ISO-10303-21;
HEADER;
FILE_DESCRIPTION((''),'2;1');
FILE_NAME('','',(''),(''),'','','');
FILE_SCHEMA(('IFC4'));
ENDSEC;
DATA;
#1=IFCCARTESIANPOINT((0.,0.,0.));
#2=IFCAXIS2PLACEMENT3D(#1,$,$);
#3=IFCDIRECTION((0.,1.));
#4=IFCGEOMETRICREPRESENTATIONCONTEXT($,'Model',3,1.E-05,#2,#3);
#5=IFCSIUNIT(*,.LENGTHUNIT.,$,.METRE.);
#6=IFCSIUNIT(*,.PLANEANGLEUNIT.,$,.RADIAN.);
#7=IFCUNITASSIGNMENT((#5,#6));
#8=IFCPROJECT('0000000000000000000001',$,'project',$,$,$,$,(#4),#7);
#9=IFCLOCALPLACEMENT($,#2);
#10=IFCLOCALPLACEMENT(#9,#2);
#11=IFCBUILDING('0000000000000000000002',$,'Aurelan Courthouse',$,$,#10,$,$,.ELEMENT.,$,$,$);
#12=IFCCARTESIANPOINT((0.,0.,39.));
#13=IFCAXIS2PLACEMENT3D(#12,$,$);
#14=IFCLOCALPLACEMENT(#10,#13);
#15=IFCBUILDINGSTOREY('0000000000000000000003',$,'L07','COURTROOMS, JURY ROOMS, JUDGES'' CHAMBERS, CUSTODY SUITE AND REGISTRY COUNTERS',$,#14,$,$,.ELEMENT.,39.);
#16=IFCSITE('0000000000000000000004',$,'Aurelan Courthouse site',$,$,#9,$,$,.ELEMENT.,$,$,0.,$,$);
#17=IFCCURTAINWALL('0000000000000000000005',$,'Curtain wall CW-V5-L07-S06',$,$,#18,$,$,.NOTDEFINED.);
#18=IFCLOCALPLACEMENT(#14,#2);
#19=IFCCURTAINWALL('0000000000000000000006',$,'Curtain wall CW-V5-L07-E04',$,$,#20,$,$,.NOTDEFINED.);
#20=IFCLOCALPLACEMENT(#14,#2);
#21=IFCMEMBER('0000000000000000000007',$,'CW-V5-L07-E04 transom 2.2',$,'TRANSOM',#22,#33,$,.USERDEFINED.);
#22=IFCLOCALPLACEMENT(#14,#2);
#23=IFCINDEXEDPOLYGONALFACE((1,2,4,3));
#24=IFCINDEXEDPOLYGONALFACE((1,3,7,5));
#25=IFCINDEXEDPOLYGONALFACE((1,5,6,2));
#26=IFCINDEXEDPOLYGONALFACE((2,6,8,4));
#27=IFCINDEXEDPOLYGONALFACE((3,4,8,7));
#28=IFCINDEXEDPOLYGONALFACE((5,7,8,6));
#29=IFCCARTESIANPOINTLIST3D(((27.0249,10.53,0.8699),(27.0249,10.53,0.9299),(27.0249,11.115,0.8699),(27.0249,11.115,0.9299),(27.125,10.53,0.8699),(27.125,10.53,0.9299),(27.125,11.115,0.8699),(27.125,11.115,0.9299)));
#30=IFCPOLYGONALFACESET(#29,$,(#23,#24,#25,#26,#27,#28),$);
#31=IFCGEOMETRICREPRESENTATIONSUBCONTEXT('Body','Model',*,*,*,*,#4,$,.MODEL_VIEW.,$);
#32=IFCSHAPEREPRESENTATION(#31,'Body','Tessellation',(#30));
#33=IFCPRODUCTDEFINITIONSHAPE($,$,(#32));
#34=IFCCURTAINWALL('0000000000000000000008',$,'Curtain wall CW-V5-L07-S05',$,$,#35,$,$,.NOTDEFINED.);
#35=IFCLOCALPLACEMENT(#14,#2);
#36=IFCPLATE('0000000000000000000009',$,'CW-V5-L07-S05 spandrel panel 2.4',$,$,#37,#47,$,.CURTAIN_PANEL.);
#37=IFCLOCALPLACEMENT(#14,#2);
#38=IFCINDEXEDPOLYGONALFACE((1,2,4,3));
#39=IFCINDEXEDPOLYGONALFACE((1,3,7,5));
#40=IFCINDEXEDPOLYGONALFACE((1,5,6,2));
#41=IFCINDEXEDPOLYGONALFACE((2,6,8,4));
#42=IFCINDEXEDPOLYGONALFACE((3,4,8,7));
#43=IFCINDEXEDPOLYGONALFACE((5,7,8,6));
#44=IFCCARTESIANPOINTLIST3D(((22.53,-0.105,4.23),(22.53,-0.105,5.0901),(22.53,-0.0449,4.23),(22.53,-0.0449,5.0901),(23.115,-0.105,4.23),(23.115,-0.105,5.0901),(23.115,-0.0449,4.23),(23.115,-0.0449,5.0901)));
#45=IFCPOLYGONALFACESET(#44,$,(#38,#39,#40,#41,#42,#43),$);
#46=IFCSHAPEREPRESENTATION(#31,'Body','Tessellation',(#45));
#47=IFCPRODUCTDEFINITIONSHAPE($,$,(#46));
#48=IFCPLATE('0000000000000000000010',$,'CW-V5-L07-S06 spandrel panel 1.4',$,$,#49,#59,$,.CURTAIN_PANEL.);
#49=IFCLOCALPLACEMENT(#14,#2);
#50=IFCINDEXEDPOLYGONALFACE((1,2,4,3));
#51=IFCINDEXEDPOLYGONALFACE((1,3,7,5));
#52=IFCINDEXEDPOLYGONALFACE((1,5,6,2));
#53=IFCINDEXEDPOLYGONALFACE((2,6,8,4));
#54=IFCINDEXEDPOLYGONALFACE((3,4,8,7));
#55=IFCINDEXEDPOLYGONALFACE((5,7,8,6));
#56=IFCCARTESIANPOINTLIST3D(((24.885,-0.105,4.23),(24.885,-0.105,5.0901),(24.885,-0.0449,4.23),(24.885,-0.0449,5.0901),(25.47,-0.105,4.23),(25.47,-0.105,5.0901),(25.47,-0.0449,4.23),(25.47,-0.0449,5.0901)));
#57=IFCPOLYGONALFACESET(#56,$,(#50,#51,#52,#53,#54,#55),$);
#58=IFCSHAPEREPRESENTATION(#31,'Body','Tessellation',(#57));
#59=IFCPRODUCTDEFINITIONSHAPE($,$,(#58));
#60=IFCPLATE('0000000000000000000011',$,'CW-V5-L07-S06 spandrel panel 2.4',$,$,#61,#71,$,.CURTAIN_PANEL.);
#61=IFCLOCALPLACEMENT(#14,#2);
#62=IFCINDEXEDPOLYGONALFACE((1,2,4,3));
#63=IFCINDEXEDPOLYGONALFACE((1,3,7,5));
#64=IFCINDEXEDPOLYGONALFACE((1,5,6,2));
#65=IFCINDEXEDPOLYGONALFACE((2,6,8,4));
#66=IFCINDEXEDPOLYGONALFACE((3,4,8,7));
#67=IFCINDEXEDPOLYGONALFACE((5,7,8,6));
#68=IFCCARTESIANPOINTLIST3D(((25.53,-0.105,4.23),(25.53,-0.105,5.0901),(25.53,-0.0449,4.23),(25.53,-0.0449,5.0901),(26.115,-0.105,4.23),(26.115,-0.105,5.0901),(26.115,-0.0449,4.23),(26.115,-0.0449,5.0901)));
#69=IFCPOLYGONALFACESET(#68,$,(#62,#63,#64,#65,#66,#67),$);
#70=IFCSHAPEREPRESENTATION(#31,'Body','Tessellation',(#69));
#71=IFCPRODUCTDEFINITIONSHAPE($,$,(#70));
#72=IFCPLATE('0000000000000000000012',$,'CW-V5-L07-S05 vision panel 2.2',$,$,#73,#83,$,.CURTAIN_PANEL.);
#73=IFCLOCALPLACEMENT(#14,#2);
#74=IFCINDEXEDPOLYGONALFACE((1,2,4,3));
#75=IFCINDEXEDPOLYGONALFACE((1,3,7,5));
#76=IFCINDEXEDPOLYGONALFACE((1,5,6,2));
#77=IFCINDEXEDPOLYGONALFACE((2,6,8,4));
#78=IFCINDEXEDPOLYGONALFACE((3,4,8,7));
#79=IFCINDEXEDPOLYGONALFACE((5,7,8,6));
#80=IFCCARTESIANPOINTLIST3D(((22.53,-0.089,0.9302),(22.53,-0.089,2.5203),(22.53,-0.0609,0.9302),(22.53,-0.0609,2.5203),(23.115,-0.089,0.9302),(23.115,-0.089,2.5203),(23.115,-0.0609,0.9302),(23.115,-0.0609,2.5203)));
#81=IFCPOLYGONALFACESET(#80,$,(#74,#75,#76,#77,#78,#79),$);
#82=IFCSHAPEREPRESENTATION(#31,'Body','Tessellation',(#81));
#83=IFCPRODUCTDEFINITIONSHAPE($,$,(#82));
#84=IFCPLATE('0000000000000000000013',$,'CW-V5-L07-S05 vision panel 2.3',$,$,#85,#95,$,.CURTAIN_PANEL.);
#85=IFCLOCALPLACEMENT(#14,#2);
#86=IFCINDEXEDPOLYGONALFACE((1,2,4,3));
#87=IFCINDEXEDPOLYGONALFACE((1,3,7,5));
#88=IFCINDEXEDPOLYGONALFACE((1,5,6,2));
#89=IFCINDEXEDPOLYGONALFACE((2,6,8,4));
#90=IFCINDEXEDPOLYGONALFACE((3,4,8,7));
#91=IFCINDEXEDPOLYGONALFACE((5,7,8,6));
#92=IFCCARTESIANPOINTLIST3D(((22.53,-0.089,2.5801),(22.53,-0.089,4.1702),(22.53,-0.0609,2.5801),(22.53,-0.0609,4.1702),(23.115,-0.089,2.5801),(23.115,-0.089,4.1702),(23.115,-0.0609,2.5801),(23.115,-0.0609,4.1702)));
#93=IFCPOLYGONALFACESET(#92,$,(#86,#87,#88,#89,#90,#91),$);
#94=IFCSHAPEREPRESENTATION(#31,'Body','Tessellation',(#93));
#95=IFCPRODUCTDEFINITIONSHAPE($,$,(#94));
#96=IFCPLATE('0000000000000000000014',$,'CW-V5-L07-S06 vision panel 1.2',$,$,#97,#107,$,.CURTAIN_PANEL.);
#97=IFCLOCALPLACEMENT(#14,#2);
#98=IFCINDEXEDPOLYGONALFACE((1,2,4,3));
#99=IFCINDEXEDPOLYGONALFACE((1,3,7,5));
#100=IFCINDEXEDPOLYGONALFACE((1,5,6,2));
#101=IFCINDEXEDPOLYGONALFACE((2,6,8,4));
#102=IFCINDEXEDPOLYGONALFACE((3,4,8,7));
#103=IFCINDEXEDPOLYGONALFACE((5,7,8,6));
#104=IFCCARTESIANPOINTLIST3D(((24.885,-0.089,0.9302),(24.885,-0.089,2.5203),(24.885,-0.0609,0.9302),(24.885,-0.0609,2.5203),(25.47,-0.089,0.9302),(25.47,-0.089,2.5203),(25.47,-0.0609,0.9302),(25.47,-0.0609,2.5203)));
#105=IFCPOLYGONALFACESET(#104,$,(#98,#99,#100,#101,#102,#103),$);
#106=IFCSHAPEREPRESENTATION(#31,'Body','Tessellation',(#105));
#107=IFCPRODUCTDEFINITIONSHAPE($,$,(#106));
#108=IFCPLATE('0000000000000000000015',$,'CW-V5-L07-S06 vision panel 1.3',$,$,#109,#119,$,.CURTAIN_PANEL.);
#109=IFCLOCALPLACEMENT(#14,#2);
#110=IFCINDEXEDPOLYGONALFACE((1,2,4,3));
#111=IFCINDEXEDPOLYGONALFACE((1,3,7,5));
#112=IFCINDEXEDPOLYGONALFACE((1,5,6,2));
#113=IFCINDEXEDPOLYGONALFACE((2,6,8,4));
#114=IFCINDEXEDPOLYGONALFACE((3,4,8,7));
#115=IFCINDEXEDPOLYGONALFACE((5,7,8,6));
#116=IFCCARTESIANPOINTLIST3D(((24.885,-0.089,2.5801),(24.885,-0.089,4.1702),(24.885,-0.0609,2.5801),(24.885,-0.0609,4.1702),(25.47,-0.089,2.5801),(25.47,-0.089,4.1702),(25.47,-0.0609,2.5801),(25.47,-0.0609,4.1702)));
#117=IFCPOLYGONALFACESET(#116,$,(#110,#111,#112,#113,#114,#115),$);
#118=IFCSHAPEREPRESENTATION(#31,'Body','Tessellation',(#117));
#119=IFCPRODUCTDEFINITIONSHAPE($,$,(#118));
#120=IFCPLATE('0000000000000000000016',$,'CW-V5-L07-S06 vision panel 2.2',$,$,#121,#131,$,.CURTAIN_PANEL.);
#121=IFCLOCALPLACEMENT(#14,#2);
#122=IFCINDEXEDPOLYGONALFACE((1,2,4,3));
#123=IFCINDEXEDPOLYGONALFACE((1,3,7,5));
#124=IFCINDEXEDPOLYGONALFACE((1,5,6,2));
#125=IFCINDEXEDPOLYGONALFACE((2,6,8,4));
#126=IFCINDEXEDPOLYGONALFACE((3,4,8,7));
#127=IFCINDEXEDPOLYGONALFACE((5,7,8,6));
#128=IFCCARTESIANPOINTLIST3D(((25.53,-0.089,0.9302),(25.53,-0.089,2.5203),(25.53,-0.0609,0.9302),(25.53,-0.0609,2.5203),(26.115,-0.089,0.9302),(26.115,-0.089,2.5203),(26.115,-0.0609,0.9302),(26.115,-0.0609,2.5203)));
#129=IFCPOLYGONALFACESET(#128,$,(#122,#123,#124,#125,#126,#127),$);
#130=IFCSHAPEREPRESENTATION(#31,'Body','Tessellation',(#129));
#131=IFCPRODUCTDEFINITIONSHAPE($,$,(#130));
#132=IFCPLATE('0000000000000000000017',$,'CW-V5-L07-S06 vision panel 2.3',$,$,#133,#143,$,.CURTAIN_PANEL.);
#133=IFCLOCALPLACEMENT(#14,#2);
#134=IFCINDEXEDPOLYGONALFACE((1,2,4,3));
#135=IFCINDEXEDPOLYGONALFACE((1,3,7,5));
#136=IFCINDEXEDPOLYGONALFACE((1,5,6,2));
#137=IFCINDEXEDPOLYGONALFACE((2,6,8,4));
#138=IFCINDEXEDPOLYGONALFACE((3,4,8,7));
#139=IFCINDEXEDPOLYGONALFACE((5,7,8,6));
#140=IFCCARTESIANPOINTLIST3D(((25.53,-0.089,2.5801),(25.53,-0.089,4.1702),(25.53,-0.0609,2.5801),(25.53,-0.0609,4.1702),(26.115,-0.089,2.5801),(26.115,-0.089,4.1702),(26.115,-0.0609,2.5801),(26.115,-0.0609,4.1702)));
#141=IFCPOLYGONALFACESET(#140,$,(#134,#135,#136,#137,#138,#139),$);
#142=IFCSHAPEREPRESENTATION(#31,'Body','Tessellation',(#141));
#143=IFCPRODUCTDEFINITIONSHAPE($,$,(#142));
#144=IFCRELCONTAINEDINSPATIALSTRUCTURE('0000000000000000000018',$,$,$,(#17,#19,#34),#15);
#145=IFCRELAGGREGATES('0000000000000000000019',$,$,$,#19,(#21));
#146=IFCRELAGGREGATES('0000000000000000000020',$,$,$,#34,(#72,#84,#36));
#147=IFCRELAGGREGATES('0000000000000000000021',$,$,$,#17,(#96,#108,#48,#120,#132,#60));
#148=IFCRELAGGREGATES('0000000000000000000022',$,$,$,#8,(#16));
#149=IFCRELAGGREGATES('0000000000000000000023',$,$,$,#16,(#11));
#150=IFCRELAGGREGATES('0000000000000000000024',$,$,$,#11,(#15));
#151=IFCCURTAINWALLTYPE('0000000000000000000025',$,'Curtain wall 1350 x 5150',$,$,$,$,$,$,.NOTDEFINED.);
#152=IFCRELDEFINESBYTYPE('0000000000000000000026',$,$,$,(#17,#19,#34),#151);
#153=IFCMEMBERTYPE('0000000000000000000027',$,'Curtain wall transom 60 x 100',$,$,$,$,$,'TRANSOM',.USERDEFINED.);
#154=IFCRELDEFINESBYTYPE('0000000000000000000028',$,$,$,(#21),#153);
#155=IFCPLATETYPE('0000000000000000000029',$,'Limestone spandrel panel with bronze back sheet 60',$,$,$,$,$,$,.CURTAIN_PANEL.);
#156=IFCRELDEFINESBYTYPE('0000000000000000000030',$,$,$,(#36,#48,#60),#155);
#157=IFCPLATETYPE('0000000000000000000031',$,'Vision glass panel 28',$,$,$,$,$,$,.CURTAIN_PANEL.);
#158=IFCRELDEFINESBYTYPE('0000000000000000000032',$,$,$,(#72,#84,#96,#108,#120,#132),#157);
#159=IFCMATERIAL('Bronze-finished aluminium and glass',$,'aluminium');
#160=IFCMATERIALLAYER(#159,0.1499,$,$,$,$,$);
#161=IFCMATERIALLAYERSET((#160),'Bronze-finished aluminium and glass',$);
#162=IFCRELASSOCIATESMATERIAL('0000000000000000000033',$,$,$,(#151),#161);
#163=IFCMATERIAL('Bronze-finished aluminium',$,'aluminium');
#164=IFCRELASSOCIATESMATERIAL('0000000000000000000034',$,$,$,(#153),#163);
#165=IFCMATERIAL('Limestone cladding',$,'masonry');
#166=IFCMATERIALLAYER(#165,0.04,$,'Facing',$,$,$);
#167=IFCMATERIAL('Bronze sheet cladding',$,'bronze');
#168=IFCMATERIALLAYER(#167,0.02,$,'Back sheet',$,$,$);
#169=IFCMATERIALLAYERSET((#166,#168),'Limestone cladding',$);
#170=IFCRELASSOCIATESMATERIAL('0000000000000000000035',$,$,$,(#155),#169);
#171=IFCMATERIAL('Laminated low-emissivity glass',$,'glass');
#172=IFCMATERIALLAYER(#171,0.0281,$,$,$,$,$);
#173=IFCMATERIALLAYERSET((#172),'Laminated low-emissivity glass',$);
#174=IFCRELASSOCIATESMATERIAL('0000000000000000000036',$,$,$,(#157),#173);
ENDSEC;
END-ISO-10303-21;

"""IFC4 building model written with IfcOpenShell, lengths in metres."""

from ifc_helpers import new_model, si_unit, direction, frame, origin, origin_2d, place, context, subcontext, project, spatial, rectangle, extrude, material, layer, layer_set, material_profile, profile_set, type_object, element, aggregate, save


model = new_model("IFC4")

# Units and contexts
model_context = context("Model", 3, precision=1e-05, world=origin(), true_north=direction((0.0, 1.0)))
body_context = subcontext(model_context, "Body", "Model", "MODEL_VIEW")
ifc_project = project(units=[si_unit("LENGTHUNIT", "METRE"), si_unit("PLANEANGLEUNIT", "RADIAN")], contexts=[model_context])

# Site, building, storey
site_placement = place(None, origin())
site = spatial("IfcSite", under=ifc_project, at=site_placement, Name="Aurelan Courthouse site", CompositionType="ELEMENT", RefElevation=0.0)
building_placement = place(site_placement, origin())
building = spatial("IfcBuilding", under=site, at=building_placement, Name="Aurelan Courthouse", CompositionType="ELEMENT")
storey_placement = place(building_placement, frame((0.0, 0.0, 39.0)))
storey = spatial("IfcBuildingStorey", under=building, at=storey_placement, Name="L07", Description="COURTROOMS, JURY ROOMS, JUDGES' CHAMBERS, CUSTODY SUITE AND REGISTRY COUNTERS", CompositionType="ELEMENT", Elevation=39.0)

# Curtain walls, member
ifc_material_1 = material(Name="Bronze-finished aluminium and glass", Category="aluminium")
ifc_layer_1 = layer(ifc_material_1, 0.1499)
ifc_layer_set_1 = layer_set([ifc_layer_1], Name="Bronze-finished aluminium and glass")
curtain_wall_type = type_object("IfcCurtainWallType", Name="Curtain wall 1350 x 5150", PredefinedType="NOTDEFINED", material=ifc_layer_set_1)
curtain_wall_1_placement = place(storey_placement, origin())
curtain_wall_1 = element("IfcCurtainWall", 1, at=curtain_wall_1_placement, inside=storey, type_object=curtain_wall_type, Name="Curtain wall CW-V5-L07-S06", PredefinedType="NOTDEFINED")
ifc_material_2 = material(Name="Bronze-finished aluminium", Category="aluminium")
ifc_material_profile = material_profile(ifc_material_2, rectangle(XDim=0.1001, YDim=0.0601, at=origin_2d()), Name="Bronze transom 60 x 100")
ifc_profile_set = profile_set([ifc_material_profile], Name="Bronze-finished aluminium")
member_type = type_object("IfcMemberType", Name="Curtain wall transom 60 x 100", ElementType="TRANSOM", PredefinedType="USERDEFINED", material=ifc_profile_set)
curtain_wall_2_placement = place(storey_placement, origin())
curtain_wall_2 = element("IfcCurtainWall", 2, at=curtain_wall_2_placement, inside=storey, type_object=curtain_wall_type, Name="Curtain wall CW-V5-L07-E04", PredefinedType="NOTDEFINED")
member_1_placement = place(storey_placement, frame((27.075, 10.53, 0.8999), z_axis=(0.0, 1.0, 0.0), x_axis=(-1.0, 0.0, 0.0)))
member_1 = element("IfcMember", 3, at=member_1_placement, type_object=member_type, Name="CW-V5-L07-E04 transom 2.2", ObjectType="TRANSOM", PredefinedType="USERDEFINED", context=body_context, shape_type="SweptSolid", body=[
    extrude(rectangle(XDim=0.1001, YDim=0.0601, at=origin_2d()), origin(), (0.0, 0.0, 1.0), 0.585),
])
aggregate(curtain_wall_2, [member_1])

# Curtain wall, plate
curtain_wall_3_placement = place(storey_placement, origin())
curtain_wall_3 = element("IfcCurtainWall", 4, at=curtain_wall_3_placement, inside=storey, type_object=curtain_wall_type, Name="Curtain wall CW-V5-L07-S05", PredefinedType="NOTDEFINED")
ifc_material_3 = material(Name="Limestone cladding", Category="masonry")
ifc_layer_2 = layer(ifc_material_3, 0.04, Name="Facing")
ifc_material_4 = material(Name="Bronze sheet cladding", Category="bronze")
ifc_layer_3 = layer(ifc_material_4, 0.02, Name="Back sheet")
ifc_layer_set_2 = layer_set([ifc_layer_2, ifc_layer_3], Name="Limestone cladding")
plate_type_1 = type_object("IfcPlateType", Name="Limestone spandrel panel with bronze back sheet 60", PredefinedType="CURTAIN_PANEL", material=ifc_layer_set_2)
plate_1_placement = place(storey_placement, frame((22.8225, -0.075, 4.23), z_axis=(0.0, 0.0, 1.0), x_axis=(1.0, 0.0, 0.0)))
plate_1 = element("IfcPlate", 5, at=plate_1_placement, type_object=plate_type_1, Name="CW-V5-L07-S05 spandrel panel 2.4", PredefinedType="CURTAIN_PANEL", context=body_context, shape_type="SweptSolid", body=[
    extrude(rectangle(XDim=0.585, YDim=0.0601, at=origin_2d()), origin(), (0.0, 0.0, 1.0), 0.8601),
])

# Plates
plate_2_placement = place(storey_placement, frame((25.1775, -0.075, 4.23), z_axis=(0.0, 0.0, 1.0), x_axis=(1.0, 0.0, 0.0)))
plate_2 = element("IfcPlate", 6, at=plate_2_placement, type_object=plate_type_1, Name="CW-V5-L07-S06 spandrel panel 1.4", PredefinedType="CURTAIN_PANEL", context=body_context, shape_type="SweptSolid", body=[
    extrude(rectangle(XDim=0.585, YDim=0.0601, at=origin_2d()), origin(), (0.0, 0.0, 1.0), 0.8601),
])
plate_3_placement = place(storey_placement, frame((25.8225, -0.075, 4.23), z_axis=(0.0, 0.0, 1.0), x_axis=(1.0, 0.0, 0.0)))
plate_3 = element("IfcPlate", 7, at=plate_3_placement, type_object=plate_type_1, Name="CW-V5-L07-S06 spandrel panel 2.4", PredefinedType="CURTAIN_PANEL", context=body_context, shape_type="SweptSolid", body=[
    extrude(rectangle(XDim=0.585, YDim=0.0601, at=origin_2d()), origin(), (0.0, 0.0, 1.0), 0.8601),
])
ifc_material_5 = material(Name="Laminated low-emissivity glass", Category="glass")
ifc_layer_4 = layer(ifc_material_5, 0.0281)
ifc_layer_set_3 = layer_set([ifc_layer_4], Name="Laminated low-emissivity glass")
plate_type_2 = type_object("IfcPlateType", Name="Vision glass panel 28", PredefinedType="CURTAIN_PANEL", material=ifc_layer_set_3)
plate_4_placement = place(storey_placement, frame((22.8225, -0.075, 0.9302), z_axis=(0.0, 0.0, 1.0), x_axis=(1.0, 0.0, 0.0)))
plate_4 = element("IfcPlate", 8, at=plate_4_placement, type_object=plate_type_2, Name="CW-V5-L07-S05 vision panel 2.2", PredefinedType="CURTAIN_PANEL", context=body_context, shape_type="SweptSolid", body=[
    extrude(rectangle(XDim=0.585, YDim=0.0281, at=origin_2d()), origin(), (0.0, 0.0, 1.0), 1.5901),
])
plate_5_placement = place(storey_placement, frame((22.8225, -0.075, 2.5801), z_axis=(0.0, 0.0, 1.0), x_axis=(1.0, 0.0, 0.0)))
plate_5 = element("IfcPlate", 9, at=plate_5_placement, type_object=plate_type_2, Name="CW-V5-L07-S05 vision panel 2.3", PredefinedType="CURTAIN_PANEL", context=body_context, shape_type="SweptSolid", body=[
    extrude(rectangle(XDim=0.585, YDim=0.0281, at=origin_2d()), origin(), (0.0, 0.0, 1.0), 1.5901),
])
aggregate(curtain_wall_3, [plate_4, plate_5, plate_1])
plate_6_placement = place(storey_placement, frame((25.1775, -0.075, 0.9302), z_axis=(0.0, 0.0, 1.0), x_axis=(1.0, 0.0, 0.0)))
plate_6 = element("IfcPlate", 10, at=plate_6_placement, type_object=plate_type_2, Name="CW-V5-L07-S06 vision panel 1.2", PredefinedType="CURTAIN_PANEL", context=body_context, shape_type="SweptSolid", body=[
    extrude(rectangle(XDim=0.585, YDim=0.0281, at=origin_2d()), origin(), (0.0, 0.0, 1.0), 1.5901),
])
plate_7_placement = place(storey_placement, frame((25.1775, -0.075, 2.5801), z_axis=(0.0, 0.0, 1.0), x_axis=(1.0, 0.0, 0.0)))
plate_7 = element("IfcPlate", 11, at=plate_7_placement, type_object=plate_type_2, Name="CW-V5-L07-S06 vision panel 1.3", PredefinedType="CURTAIN_PANEL", context=body_context, shape_type="SweptSolid", body=[
    extrude(rectangle(XDim=0.585, YDim=0.0281, at=origin_2d()), origin(), (0.0, 0.0, 1.0), 1.5901),
])
plate_8_placement = place(storey_placement, frame((25.8225, -0.075, 0.9302), z_axis=(0.0, 0.0, 1.0), x_axis=(1.0, 0.0, 0.0)))
plate_8 = element("IfcPlate", 12, at=plate_8_placement, type_object=plate_type_2, Name="CW-V5-L07-S06 vision panel 2.2", PredefinedType="CURTAIN_PANEL", context=body_context, shape_type="SweptSolid", body=[
    extrude(rectangle(XDim=0.585, YDim=0.0281, at=origin_2d()), origin(), (0.0, 0.0, 1.0), 1.5901),
])
plate_9_placement = place(storey_placement, frame((25.8225, -0.075, 2.5801), z_axis=(0.0, 0.0, 1.0), x_axis=(1.0, 0.0, 0.0)))
plate_9 = element("IfcPlate", 13, at=plate_9_placement, type_object=plate_type_2, Name="CW-V5-L07-S06 vision panel 2.3", PredefinedType="CURTAIN_PANEL", context=body_context, shape_type="SweptSolid", body=[
    extrude(rectangle(XDim=0.585, YDim=0.0281, at=origin_2d()), origin(), (0.0, 0.0, 1.0), 1.5901),
])
aggregate(curtain_wall_1, [plate_6, plate_7, plate_2, plate_8, plate_9, plate_3])

save(model, "model.ifc")
